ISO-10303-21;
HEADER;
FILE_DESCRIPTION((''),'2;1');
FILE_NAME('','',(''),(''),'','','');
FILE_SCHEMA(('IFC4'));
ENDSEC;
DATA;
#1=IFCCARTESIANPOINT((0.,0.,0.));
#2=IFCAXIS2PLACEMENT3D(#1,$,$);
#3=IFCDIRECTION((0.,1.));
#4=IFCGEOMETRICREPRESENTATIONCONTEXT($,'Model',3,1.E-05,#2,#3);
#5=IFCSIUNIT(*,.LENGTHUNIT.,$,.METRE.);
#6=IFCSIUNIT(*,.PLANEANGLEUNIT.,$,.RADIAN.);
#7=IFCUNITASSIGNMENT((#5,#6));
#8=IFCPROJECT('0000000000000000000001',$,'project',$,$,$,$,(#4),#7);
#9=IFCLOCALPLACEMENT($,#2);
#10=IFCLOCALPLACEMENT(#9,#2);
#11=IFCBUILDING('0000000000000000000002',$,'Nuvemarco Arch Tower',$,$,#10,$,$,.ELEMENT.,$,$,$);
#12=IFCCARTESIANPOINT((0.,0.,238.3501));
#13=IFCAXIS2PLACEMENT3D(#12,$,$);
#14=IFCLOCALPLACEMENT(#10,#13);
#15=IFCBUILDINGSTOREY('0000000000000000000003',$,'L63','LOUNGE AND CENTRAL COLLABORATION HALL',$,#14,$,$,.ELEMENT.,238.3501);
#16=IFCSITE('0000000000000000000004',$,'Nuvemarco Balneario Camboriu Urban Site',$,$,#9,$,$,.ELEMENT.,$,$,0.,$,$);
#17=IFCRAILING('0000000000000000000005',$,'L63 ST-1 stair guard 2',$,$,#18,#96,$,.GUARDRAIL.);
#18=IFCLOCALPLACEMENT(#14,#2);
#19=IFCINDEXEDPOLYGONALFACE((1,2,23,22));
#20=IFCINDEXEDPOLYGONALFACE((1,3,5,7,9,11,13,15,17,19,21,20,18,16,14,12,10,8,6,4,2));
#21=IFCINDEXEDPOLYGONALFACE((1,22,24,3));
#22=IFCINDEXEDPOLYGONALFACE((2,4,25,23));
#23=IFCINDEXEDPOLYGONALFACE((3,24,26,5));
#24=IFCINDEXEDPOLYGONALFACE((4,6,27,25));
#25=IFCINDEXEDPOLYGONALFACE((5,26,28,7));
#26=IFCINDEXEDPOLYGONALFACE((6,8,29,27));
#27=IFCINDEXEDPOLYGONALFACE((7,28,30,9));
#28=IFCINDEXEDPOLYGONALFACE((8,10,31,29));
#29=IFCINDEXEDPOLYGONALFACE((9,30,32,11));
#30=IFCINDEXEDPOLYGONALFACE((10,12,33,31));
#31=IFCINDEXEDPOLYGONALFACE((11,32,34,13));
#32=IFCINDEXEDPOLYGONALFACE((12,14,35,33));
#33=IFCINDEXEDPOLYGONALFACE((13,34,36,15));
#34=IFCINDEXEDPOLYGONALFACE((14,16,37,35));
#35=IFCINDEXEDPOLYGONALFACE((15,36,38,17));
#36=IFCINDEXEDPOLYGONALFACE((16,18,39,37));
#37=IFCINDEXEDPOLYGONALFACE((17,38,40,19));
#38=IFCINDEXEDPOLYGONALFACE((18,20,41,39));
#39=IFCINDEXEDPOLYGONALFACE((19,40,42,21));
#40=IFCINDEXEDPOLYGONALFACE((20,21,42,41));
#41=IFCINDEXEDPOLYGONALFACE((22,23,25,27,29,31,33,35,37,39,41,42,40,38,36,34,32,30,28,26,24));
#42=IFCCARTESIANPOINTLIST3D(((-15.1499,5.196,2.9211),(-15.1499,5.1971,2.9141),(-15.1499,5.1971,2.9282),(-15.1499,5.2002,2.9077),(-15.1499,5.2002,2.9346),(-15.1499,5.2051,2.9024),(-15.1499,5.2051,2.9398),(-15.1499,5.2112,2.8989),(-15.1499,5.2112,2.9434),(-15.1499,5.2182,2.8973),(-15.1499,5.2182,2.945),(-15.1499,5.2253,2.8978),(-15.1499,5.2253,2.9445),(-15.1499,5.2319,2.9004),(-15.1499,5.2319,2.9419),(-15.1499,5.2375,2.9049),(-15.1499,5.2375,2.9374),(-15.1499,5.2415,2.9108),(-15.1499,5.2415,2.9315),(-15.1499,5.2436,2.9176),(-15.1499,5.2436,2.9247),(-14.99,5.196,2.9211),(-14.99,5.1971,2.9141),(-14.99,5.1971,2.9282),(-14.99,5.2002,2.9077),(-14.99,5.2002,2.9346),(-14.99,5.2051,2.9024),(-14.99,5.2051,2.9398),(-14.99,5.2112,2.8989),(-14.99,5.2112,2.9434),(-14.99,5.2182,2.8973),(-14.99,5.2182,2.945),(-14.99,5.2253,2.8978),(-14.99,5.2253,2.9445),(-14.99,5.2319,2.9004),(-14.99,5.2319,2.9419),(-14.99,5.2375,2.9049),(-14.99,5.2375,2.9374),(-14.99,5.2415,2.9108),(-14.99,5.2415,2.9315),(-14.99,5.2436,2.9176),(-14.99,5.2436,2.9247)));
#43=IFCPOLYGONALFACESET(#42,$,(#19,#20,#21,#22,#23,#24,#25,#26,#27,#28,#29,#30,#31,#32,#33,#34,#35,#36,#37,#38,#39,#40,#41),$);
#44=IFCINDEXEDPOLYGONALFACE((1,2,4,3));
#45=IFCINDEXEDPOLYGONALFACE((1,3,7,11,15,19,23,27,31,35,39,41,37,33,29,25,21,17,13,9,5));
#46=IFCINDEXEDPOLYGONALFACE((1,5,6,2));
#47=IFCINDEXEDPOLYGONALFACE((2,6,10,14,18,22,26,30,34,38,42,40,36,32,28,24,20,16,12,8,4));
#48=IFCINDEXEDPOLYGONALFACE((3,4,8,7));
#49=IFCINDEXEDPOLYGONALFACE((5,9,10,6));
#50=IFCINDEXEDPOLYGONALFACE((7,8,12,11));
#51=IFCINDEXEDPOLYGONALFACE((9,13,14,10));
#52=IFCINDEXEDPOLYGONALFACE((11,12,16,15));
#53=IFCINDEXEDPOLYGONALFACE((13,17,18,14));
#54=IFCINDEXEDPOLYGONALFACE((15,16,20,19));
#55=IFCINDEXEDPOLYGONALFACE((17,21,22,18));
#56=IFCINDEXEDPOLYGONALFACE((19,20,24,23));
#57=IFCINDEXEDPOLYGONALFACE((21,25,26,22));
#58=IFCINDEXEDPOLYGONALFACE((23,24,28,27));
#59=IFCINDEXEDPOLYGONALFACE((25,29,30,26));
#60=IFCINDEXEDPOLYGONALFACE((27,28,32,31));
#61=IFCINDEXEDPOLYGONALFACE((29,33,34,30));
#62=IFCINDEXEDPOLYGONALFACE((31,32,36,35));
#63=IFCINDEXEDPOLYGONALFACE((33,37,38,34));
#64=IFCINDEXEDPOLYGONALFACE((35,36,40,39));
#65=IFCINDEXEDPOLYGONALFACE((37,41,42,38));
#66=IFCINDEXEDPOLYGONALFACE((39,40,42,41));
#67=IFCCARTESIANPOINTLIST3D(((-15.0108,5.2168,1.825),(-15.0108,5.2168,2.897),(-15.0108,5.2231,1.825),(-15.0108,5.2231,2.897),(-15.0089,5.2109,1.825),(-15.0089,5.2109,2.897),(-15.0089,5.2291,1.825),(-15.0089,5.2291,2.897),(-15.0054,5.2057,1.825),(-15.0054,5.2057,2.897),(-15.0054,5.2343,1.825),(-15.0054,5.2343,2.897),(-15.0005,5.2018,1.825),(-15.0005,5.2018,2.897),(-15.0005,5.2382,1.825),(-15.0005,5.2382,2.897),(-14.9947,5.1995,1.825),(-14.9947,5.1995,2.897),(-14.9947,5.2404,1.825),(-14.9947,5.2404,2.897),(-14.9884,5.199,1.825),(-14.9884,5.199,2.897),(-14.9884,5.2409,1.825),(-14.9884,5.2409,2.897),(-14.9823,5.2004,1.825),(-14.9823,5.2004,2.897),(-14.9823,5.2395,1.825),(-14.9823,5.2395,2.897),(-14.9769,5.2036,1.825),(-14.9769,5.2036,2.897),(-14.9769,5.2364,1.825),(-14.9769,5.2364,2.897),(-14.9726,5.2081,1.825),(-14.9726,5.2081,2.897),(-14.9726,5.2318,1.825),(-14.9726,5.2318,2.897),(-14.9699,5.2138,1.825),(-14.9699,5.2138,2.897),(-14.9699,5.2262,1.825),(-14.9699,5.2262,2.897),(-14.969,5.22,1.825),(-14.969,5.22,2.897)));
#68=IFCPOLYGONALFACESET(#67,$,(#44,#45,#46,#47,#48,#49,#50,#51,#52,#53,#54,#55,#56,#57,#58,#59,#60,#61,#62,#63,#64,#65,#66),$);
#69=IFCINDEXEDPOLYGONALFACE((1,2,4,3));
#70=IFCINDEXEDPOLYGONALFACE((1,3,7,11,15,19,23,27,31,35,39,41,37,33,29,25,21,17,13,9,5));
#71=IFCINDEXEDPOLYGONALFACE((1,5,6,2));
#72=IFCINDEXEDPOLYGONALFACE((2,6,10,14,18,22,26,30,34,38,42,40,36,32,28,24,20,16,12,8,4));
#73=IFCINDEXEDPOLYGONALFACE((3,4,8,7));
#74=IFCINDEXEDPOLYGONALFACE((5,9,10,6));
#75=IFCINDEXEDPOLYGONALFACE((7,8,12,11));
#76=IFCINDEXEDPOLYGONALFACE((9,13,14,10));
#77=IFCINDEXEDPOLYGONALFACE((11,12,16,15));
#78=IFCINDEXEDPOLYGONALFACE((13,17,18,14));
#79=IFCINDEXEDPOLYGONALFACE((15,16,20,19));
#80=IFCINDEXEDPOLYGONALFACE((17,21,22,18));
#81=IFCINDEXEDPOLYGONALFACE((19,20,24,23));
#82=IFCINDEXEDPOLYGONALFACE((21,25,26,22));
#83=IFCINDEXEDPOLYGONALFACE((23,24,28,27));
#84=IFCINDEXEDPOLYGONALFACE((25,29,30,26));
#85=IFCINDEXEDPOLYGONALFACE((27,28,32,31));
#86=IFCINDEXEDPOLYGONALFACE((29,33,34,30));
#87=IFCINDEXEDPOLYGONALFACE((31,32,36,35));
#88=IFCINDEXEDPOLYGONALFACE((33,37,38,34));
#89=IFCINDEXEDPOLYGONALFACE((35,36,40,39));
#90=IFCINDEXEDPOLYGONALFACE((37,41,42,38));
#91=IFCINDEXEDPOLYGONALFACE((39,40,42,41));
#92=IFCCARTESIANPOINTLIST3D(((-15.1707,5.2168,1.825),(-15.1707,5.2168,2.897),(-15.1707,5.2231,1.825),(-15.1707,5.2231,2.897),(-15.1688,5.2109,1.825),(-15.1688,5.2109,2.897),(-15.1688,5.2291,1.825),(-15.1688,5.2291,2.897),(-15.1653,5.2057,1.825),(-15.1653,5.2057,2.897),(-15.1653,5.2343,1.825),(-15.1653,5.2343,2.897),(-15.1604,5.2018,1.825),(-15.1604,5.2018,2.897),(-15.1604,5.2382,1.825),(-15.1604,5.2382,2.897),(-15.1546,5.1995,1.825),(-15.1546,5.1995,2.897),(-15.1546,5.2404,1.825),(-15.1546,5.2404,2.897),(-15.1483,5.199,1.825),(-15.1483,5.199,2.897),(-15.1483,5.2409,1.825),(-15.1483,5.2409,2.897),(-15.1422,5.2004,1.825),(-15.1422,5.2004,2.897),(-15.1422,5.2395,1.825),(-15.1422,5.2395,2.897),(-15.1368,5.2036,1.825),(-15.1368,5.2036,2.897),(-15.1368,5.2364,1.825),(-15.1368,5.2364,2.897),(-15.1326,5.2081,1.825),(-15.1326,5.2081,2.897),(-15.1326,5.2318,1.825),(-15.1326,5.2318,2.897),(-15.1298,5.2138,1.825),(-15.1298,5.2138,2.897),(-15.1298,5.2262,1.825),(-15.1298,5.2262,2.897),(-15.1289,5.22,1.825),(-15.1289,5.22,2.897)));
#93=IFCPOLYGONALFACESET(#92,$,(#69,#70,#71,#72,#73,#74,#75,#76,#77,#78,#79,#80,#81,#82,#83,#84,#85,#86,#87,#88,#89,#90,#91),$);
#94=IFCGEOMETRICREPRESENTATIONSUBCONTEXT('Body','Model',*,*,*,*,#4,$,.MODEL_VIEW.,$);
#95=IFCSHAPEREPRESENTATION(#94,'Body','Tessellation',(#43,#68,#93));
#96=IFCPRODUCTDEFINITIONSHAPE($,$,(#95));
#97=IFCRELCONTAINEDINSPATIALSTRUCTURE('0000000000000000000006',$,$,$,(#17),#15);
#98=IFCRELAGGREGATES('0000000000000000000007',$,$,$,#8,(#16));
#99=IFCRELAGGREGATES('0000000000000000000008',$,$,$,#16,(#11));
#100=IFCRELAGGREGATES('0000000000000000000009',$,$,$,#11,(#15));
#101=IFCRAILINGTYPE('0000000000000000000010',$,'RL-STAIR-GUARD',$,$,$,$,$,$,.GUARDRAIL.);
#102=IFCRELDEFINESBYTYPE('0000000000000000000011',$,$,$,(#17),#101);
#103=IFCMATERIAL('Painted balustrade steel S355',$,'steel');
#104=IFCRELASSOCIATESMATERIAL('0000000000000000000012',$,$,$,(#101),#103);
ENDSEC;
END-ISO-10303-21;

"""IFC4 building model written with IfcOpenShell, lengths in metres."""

from ifc_helpers import new_model, si_unit, direction, frame, origin, origin_2d, place, context, subcontext, project, spatial, circle, extrude, material, type_object, element, save


model = new_model("IFC4")

# Units and contexts
model_context = context("Model", 3, precision=1e-05, world=origin(), true_north=direction((0.0, 1.0)))
body_context = subcontext(model_context, "Body", "Model", "MODEL_VIEW")
ifc_project = project(units=[si_unit("LENGTHUNIT", "METRE"), si_unit("PLANEANGLEUNIT", "RADIAN")], contexts=[model_context])

# Site, building, storey
site_placement = place(None, origin())
site = spatial("IfcSite", under=ifc_project, at=site_placement, Name="Nuvemarco Balneario Camboriu Urban Site", CompositionType="ELEMENT", RefElevation=0.0)
building_placement = place(site_placement, origin())
building = spatial("IfcBuilding", under=site, at=building_placement, Name="Nuvemarco Arch Tower", CompositionType="ELEMENT")
storey_placement = place(building_placement, frame((0.0, 0.0, 238.3501)))
storey = spatial("IfcBuildingStorey", under=building, at=storey_placement, Name="L63", Description="LOUNGE AND CENTRAL COLLABORATION HALL", CompositionType="ELEMENT", Elevation=238.3501)

# Railing
ifc_material_1 = material(Name="Painted balustrade steel S355", Category="steel")
railing_type_1 = type_object("IfcRailingType", Name="RL-STAIR-GUARD", PredefinedType="GUARDRAIL", material=ifc_material_1)
railing_1_placement = place(storey_placement, frame((-14.99, 5.22, 1.825)))
element("IfcRailing", 1, at=railing_1_placement, inside=storey, type_object=railing_type_1, Name="L63 ST-1 stair guard 2", PredefinedType="GUARDRAIL", context=body_context, shape_type="SweptSolid", body=[
    extrude(circle(Radius=0.0239, at=origin_2d()), frame((0.0, 0.0, 1.0962), z_axis=(-1.0, 0.0, 0.0), x_axis=(0.0, -1.0, 0.0)), (0.0, 0.0, 1.0), 0.1599),
    extrude(circle(Radius=0.021, at=origin_2d()), origin(), (0.0, 0.0, 1.0), 1.072),
    extrude(circle(Radius=0.021, at=origin_2d()), frame((-0.1599, 0.0, 0.0)), (0.0, 0.0, 1.0), 1.072),
])

save(model, "model.ifc")
